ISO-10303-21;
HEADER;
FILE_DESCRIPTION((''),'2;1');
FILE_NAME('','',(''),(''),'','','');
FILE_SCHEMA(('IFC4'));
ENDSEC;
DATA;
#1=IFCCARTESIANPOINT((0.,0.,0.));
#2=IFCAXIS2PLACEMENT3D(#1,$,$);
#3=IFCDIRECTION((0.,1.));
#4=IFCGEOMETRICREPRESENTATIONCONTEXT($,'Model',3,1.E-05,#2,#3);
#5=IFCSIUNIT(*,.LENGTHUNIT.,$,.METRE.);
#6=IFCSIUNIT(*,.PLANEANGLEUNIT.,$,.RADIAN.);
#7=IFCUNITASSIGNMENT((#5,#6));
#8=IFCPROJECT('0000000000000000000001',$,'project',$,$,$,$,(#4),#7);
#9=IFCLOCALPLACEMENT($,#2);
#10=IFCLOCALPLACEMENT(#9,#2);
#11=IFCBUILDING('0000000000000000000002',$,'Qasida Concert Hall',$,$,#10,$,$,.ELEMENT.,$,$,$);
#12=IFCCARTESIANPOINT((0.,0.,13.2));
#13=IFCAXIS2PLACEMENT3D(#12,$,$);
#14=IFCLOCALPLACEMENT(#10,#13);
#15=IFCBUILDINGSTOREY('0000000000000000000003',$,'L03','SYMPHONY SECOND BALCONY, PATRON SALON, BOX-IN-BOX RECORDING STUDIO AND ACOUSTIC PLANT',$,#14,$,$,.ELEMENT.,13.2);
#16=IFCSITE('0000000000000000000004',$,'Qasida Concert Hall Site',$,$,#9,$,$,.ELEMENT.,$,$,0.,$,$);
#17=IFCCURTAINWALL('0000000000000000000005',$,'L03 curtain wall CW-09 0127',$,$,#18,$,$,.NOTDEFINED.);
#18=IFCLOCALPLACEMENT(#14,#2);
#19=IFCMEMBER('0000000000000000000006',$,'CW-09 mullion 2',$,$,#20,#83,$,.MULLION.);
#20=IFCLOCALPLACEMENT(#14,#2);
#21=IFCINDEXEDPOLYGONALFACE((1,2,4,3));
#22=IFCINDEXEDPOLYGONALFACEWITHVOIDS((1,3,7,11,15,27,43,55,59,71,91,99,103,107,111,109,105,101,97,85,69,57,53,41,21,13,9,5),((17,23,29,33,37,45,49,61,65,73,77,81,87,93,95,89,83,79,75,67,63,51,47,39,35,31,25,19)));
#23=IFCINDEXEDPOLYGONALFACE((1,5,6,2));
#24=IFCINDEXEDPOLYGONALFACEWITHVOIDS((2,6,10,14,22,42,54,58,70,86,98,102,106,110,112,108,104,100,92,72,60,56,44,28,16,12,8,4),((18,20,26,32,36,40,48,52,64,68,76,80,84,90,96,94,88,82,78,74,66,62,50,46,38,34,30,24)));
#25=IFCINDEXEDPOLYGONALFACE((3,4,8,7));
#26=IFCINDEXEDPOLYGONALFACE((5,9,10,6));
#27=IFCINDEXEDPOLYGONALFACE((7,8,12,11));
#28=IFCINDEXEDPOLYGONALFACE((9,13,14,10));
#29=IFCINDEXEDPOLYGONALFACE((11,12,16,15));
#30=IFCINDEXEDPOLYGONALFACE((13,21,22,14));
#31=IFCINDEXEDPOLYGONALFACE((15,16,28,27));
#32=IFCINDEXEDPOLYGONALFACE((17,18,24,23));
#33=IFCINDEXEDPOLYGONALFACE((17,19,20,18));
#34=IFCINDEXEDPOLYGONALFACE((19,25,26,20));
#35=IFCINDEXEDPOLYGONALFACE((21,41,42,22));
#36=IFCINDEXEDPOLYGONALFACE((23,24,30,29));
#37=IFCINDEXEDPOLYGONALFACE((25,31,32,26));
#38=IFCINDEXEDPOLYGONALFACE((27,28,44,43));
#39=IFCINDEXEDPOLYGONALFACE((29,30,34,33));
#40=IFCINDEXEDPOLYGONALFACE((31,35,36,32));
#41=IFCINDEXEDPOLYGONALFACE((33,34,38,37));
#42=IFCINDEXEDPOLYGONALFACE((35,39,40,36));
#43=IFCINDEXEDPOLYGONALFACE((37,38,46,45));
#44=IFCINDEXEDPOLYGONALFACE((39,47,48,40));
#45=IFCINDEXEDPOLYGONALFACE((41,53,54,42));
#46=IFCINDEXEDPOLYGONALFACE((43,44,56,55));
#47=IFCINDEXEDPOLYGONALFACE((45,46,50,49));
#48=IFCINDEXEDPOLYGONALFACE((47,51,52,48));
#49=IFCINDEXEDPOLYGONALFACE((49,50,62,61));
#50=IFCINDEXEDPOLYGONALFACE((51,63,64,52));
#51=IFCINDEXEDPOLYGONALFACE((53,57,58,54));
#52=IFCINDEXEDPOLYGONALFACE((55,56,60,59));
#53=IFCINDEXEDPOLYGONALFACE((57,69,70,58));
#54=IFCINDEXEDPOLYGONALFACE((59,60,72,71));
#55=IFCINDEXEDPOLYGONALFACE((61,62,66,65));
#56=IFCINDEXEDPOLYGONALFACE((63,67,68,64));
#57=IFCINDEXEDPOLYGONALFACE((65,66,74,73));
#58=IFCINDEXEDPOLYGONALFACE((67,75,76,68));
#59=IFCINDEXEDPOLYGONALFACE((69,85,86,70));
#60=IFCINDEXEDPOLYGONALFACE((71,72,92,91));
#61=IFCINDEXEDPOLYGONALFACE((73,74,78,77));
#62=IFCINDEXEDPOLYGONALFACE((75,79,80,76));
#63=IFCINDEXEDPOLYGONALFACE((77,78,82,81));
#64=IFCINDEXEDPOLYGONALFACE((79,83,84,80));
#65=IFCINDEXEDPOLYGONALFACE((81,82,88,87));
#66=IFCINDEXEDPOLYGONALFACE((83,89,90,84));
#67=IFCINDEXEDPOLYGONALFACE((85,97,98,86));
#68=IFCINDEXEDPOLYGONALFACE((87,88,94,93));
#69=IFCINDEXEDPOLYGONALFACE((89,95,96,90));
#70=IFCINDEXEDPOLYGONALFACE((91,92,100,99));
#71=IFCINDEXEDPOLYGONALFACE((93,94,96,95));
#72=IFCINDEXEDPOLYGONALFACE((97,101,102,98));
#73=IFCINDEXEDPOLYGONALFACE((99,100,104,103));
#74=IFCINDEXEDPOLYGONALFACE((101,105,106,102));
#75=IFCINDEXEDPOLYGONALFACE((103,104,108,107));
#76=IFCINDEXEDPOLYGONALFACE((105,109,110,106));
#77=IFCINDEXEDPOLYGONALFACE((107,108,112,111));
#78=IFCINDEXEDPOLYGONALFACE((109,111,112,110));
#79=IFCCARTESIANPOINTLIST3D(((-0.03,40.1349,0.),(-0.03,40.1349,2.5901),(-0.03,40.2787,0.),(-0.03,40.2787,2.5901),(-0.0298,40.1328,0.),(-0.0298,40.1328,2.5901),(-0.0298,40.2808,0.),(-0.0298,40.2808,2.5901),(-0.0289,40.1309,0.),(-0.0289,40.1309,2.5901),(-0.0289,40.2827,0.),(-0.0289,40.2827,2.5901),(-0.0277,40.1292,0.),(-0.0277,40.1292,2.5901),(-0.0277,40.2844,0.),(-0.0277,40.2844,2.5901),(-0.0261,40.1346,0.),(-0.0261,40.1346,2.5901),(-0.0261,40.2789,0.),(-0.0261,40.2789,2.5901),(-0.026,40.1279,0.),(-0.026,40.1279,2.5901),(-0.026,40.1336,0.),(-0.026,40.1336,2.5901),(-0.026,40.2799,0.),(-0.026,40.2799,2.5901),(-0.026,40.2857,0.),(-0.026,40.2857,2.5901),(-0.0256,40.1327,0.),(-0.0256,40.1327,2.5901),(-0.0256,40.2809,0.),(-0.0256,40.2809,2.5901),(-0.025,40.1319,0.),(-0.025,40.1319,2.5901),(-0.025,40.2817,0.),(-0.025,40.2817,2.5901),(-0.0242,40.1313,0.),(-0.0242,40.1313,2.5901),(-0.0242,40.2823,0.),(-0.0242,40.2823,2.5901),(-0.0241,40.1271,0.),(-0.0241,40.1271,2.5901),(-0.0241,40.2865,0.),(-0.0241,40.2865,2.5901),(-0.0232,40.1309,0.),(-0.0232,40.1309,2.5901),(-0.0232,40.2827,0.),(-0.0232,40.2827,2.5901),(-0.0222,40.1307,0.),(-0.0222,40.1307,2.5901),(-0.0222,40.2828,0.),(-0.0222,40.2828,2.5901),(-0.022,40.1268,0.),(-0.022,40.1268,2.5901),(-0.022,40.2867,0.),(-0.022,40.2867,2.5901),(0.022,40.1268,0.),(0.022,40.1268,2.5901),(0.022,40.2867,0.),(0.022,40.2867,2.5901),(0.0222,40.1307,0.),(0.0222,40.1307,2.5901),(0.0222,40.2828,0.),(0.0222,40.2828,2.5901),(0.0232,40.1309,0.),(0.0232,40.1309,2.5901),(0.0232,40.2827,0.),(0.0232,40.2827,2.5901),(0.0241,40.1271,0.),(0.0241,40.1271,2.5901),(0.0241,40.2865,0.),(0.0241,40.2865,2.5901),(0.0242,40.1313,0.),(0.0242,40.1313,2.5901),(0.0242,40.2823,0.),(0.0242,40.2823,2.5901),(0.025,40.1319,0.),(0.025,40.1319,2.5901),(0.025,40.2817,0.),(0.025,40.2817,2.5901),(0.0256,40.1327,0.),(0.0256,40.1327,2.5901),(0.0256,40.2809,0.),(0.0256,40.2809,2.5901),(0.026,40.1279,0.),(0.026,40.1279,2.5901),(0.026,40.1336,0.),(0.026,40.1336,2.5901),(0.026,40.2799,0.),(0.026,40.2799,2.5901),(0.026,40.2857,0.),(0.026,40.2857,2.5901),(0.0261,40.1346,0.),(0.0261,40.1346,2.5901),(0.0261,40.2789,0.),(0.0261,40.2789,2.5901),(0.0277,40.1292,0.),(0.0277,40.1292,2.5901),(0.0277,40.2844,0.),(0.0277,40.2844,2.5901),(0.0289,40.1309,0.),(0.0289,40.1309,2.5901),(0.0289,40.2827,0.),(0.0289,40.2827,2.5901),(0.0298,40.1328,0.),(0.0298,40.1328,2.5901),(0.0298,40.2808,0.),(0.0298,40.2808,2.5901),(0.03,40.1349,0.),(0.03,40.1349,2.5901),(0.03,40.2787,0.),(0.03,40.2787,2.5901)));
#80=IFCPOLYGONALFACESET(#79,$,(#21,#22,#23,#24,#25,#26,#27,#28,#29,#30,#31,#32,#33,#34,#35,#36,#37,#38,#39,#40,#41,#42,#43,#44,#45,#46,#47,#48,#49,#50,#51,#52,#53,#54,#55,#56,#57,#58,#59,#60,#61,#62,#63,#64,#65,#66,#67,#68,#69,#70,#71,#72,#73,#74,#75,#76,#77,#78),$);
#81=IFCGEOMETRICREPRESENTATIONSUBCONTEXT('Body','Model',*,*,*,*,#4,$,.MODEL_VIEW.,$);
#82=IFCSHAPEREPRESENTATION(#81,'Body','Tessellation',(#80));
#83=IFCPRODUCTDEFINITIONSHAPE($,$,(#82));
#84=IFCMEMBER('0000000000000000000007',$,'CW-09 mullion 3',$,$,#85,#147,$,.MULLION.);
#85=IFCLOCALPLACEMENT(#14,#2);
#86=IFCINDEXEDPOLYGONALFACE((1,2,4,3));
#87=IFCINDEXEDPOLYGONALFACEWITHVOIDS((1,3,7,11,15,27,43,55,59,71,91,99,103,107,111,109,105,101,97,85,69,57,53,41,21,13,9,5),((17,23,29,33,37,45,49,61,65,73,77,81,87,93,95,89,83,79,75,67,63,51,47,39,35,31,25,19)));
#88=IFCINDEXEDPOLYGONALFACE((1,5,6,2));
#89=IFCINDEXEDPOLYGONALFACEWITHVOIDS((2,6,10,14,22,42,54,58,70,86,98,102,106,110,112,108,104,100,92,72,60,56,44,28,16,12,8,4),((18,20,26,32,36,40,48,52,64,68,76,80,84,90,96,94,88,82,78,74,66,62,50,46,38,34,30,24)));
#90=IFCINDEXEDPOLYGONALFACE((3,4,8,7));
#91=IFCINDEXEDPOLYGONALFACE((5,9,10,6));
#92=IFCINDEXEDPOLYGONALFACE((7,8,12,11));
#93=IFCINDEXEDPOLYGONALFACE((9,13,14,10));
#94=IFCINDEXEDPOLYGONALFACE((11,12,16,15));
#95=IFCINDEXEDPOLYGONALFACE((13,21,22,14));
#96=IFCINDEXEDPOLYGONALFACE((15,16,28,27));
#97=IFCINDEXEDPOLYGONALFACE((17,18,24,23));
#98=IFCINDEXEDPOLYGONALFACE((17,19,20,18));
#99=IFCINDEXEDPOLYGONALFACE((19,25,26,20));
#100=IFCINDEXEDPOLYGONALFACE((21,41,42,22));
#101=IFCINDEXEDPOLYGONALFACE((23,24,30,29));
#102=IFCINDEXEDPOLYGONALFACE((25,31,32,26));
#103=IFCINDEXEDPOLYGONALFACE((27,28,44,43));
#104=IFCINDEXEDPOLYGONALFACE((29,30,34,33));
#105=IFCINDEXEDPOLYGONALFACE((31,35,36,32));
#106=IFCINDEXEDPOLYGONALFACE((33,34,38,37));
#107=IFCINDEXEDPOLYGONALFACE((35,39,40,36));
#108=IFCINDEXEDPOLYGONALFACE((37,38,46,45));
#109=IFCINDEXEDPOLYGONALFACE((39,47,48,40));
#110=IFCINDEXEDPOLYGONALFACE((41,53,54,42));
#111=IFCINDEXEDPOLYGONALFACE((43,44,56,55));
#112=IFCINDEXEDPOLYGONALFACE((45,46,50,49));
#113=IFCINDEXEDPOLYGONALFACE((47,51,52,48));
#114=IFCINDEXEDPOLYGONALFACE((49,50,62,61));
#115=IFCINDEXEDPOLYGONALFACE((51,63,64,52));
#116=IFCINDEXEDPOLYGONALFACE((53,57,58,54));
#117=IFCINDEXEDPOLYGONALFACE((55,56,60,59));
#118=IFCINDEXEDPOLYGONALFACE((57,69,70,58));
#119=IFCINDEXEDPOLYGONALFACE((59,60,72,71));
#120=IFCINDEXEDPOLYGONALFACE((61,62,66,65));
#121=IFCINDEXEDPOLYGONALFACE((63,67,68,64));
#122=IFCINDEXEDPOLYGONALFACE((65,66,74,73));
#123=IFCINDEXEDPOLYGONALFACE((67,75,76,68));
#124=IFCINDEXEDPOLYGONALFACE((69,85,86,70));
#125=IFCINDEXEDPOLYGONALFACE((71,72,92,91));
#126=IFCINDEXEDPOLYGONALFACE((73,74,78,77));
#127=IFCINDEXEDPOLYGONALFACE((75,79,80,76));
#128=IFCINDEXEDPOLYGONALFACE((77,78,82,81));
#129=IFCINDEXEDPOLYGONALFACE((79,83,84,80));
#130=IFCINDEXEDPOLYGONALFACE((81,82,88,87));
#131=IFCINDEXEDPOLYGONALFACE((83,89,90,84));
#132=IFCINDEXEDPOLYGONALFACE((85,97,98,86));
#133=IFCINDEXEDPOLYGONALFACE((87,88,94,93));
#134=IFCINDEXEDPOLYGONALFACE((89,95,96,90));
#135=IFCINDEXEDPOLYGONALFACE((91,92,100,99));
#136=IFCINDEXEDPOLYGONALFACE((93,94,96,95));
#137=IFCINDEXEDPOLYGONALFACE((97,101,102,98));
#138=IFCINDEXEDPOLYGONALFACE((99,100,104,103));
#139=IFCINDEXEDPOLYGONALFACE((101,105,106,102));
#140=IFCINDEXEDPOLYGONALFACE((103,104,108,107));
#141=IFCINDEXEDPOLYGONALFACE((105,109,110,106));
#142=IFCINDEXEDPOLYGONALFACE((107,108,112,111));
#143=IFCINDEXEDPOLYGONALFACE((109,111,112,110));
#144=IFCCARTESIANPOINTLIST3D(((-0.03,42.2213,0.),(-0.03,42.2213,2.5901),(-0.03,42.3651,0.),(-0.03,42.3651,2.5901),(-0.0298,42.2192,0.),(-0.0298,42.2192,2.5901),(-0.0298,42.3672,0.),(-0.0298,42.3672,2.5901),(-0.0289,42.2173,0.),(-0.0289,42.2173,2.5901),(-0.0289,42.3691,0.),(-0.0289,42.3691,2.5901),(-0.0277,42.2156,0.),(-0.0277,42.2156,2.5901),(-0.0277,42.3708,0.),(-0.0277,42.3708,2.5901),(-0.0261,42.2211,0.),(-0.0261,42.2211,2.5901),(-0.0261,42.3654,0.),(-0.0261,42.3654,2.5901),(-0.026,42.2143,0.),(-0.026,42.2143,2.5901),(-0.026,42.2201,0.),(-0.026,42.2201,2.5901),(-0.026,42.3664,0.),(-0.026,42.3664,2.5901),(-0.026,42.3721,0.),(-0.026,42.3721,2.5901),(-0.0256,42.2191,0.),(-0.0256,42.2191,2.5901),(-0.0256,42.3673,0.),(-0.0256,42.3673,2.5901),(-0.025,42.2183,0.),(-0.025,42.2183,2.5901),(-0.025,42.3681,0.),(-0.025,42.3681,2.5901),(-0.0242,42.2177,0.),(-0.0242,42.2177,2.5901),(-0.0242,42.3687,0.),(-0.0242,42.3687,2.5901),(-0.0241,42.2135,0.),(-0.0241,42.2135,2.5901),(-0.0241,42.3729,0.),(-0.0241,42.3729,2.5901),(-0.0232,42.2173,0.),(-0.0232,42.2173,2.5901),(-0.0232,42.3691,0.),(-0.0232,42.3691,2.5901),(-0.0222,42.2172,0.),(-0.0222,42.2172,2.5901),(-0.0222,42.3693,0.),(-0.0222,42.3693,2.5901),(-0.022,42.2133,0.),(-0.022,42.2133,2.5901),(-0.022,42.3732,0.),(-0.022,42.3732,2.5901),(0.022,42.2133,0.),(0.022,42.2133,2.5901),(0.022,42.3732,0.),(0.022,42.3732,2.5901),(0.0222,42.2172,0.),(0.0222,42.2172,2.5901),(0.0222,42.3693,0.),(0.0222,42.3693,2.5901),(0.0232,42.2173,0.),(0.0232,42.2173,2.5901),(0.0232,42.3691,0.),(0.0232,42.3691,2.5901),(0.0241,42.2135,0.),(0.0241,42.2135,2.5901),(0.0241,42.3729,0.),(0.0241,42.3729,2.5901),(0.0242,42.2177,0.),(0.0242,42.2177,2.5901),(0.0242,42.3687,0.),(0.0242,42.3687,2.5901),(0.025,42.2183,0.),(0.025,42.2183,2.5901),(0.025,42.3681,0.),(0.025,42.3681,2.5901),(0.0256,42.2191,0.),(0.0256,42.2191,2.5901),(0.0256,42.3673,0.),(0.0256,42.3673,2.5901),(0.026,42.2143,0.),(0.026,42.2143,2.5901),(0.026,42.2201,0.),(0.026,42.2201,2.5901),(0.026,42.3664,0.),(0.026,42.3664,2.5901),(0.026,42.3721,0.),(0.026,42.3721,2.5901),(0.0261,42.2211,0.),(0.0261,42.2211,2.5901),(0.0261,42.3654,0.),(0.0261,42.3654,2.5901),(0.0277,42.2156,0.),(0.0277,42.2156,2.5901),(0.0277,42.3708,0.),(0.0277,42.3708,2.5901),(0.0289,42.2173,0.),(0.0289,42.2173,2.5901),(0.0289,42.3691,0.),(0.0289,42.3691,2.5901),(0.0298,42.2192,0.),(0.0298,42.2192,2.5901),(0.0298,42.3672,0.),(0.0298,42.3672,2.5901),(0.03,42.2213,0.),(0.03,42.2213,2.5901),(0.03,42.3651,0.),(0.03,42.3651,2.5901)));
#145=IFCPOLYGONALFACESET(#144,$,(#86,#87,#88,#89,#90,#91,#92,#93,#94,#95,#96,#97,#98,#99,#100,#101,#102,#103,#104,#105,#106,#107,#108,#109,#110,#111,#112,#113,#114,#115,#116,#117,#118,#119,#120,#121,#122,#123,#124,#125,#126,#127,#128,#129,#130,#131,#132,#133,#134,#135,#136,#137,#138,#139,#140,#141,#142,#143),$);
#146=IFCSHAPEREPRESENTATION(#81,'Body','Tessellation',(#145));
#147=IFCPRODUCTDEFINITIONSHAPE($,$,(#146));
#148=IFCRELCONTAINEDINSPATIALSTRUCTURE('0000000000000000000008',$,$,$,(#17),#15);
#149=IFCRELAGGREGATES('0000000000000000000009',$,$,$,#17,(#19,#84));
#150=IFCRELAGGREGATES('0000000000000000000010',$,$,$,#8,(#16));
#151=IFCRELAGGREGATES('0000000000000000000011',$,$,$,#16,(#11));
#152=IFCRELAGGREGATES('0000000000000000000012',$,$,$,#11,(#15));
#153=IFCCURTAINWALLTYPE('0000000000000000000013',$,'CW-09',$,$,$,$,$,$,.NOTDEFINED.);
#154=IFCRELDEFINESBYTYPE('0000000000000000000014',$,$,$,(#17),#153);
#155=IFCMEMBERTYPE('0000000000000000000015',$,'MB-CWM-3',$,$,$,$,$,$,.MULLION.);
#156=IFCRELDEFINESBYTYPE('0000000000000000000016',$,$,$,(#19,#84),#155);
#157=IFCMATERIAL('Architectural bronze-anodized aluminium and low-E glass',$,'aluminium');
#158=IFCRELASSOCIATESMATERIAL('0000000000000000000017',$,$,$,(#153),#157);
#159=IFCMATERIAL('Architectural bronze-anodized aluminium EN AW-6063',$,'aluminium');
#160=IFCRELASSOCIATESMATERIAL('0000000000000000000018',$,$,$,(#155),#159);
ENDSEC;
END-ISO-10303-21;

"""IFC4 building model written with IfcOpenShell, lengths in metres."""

from ifc_helpers import new_model, si_unit, direction, frame, origin, origin_2d, place, context, subcontext, project, spatial, hollow_rectangle, extrude, material, material_profile, profile_set, type_object, element, aggregate, save


model = new_model("IFC4")

# Units and contexts
model_context = context("Model", 3, precision=1e-05, world=origin(), true_north=direction((0.0, 1.0)))
body_context = subcontext(model_context, "Body", "Model", "MODEL_VIEW")
ifc_project = project(units=[si_unit("LENGTHUNIT", "METRE"), si_unit("PLANEANGLEUNIT", "RADIAN")], contexts=[model_context])

# Site, building, storey
site_placement = place(None, origin())
site = spatial("IfcSite", under=ifc_project, at=site_placement, Name="Qasida Concert Hall Site", CompositionType="ELEMENT", RefElevation=0.0)
building_placement = place(site_placement, origin())
building = spatial("IfcBuilding", under=site, at=building_placement, Name="Qasida Concert Hall", CompositionType="ELEMENT")
storey_placement = place(building_placement, frame((0.0, 0.0, 13.2)))
storey = spatial("IfcBuildingStorey", under=building, at=storey_placement, Name="L03", Description="SYMPHONY SECOND BALCONY, PATRON SALON, BOX-IN-BOX RECORDING STUDIO AND ACOUSTIC PLANT", CompositionType="ELEMENT", Elevation=13.2)

# Curtain wall, members
ifc_material_1 = material(Name="Architectural bronze-anodized aluminium and low-E glass", Category="aluminium")
curtain_wall_type = type_object("IfcCurtainWallType", Name="CW-09", PredefinedType="NOTDEFINED", material=ifc_material_1)
curtain_wall_placement = place(storey_placement, origin())
curtain_wall = element("IfcCurtainWall", 1, at=curtain_wall_placement, inside=storey, type_object=curtain_wall_type, Name="L03 curtain wall CW-09 0127", PredefinedType="NOTDEFINED")
ifc_material_2 = material(Name="Architectural bronze-anodized aluminium EN AW-6063", Category="aluminium")
ifc_material_profile_1 = material_profile(ifc_material_2, hollow_rectangle(XDim=0.0601, YDim=0.1599, WallThickness=0.0039, InnerFilletRadius=0.0039, OuterFilletRadius=0.0081, at=origin_2d()), Name="CWM 160x60x4")
ifc_profile_set_1 = profile_set([ifc_material_profile_1], Name="Architectural bronze-anodized aluminium EN AW-6063")
member_type_1 = type_object("IfcMemberType", Name="MB-CWM-3", PredefinedType="MULLION", material=ifc_profile_set_1)
member_1_placement = place(storey_placement, frame((0.0, 40.2068, 0.0), z_axis=(0.0, 0.0, 1.0), x_axis=(-1.0, 0.0, 0.0)))
member_1 = element("IfcMember", 2, at=member_1_placement, type_object=member_type_1, Name="CW-09 mullion 2", PredefinedType="MULLION", context=body_context, shape_type="SweptSolid", body=[
    extrude(hollow_rectangle(XDim=0.0601, YDim=0.1599, WallThickness=0.0039, InnerFilletRadius=0.0039, OuterFilletRadius=0.0081, at=origin_2d()), origin(), (0.0, 0.0, 1.0), 2.5901),
])
member_2_placement = place(storey_placement, frame((0.0, 42.2932, 0.0), z_axis=(0.0, 0.0, 1.0), x_axis=(-1.0, 0.0, 0.0)))
member_2 = element("IfcMember", 3, at=member_2_placement, type_object=member_type_1, Name="CW-09 mullion 3", PredefinedType="MULLION", context=body_context, shape_type="SweptSolid", body=[
    extrude(hollow_rectangle(XDim=0.0601, YDim=0.1599, WallThickness=0.0039, InnerFilletRadius=0.0039, OuterFilletRadius=0.0081, at=origin_2d()), origin(), (0.0, 0.0, 1.0), 2.5901),
])
aggregate(curtain_wall, [member_1, member_2])

save(model, "model.ifc")
